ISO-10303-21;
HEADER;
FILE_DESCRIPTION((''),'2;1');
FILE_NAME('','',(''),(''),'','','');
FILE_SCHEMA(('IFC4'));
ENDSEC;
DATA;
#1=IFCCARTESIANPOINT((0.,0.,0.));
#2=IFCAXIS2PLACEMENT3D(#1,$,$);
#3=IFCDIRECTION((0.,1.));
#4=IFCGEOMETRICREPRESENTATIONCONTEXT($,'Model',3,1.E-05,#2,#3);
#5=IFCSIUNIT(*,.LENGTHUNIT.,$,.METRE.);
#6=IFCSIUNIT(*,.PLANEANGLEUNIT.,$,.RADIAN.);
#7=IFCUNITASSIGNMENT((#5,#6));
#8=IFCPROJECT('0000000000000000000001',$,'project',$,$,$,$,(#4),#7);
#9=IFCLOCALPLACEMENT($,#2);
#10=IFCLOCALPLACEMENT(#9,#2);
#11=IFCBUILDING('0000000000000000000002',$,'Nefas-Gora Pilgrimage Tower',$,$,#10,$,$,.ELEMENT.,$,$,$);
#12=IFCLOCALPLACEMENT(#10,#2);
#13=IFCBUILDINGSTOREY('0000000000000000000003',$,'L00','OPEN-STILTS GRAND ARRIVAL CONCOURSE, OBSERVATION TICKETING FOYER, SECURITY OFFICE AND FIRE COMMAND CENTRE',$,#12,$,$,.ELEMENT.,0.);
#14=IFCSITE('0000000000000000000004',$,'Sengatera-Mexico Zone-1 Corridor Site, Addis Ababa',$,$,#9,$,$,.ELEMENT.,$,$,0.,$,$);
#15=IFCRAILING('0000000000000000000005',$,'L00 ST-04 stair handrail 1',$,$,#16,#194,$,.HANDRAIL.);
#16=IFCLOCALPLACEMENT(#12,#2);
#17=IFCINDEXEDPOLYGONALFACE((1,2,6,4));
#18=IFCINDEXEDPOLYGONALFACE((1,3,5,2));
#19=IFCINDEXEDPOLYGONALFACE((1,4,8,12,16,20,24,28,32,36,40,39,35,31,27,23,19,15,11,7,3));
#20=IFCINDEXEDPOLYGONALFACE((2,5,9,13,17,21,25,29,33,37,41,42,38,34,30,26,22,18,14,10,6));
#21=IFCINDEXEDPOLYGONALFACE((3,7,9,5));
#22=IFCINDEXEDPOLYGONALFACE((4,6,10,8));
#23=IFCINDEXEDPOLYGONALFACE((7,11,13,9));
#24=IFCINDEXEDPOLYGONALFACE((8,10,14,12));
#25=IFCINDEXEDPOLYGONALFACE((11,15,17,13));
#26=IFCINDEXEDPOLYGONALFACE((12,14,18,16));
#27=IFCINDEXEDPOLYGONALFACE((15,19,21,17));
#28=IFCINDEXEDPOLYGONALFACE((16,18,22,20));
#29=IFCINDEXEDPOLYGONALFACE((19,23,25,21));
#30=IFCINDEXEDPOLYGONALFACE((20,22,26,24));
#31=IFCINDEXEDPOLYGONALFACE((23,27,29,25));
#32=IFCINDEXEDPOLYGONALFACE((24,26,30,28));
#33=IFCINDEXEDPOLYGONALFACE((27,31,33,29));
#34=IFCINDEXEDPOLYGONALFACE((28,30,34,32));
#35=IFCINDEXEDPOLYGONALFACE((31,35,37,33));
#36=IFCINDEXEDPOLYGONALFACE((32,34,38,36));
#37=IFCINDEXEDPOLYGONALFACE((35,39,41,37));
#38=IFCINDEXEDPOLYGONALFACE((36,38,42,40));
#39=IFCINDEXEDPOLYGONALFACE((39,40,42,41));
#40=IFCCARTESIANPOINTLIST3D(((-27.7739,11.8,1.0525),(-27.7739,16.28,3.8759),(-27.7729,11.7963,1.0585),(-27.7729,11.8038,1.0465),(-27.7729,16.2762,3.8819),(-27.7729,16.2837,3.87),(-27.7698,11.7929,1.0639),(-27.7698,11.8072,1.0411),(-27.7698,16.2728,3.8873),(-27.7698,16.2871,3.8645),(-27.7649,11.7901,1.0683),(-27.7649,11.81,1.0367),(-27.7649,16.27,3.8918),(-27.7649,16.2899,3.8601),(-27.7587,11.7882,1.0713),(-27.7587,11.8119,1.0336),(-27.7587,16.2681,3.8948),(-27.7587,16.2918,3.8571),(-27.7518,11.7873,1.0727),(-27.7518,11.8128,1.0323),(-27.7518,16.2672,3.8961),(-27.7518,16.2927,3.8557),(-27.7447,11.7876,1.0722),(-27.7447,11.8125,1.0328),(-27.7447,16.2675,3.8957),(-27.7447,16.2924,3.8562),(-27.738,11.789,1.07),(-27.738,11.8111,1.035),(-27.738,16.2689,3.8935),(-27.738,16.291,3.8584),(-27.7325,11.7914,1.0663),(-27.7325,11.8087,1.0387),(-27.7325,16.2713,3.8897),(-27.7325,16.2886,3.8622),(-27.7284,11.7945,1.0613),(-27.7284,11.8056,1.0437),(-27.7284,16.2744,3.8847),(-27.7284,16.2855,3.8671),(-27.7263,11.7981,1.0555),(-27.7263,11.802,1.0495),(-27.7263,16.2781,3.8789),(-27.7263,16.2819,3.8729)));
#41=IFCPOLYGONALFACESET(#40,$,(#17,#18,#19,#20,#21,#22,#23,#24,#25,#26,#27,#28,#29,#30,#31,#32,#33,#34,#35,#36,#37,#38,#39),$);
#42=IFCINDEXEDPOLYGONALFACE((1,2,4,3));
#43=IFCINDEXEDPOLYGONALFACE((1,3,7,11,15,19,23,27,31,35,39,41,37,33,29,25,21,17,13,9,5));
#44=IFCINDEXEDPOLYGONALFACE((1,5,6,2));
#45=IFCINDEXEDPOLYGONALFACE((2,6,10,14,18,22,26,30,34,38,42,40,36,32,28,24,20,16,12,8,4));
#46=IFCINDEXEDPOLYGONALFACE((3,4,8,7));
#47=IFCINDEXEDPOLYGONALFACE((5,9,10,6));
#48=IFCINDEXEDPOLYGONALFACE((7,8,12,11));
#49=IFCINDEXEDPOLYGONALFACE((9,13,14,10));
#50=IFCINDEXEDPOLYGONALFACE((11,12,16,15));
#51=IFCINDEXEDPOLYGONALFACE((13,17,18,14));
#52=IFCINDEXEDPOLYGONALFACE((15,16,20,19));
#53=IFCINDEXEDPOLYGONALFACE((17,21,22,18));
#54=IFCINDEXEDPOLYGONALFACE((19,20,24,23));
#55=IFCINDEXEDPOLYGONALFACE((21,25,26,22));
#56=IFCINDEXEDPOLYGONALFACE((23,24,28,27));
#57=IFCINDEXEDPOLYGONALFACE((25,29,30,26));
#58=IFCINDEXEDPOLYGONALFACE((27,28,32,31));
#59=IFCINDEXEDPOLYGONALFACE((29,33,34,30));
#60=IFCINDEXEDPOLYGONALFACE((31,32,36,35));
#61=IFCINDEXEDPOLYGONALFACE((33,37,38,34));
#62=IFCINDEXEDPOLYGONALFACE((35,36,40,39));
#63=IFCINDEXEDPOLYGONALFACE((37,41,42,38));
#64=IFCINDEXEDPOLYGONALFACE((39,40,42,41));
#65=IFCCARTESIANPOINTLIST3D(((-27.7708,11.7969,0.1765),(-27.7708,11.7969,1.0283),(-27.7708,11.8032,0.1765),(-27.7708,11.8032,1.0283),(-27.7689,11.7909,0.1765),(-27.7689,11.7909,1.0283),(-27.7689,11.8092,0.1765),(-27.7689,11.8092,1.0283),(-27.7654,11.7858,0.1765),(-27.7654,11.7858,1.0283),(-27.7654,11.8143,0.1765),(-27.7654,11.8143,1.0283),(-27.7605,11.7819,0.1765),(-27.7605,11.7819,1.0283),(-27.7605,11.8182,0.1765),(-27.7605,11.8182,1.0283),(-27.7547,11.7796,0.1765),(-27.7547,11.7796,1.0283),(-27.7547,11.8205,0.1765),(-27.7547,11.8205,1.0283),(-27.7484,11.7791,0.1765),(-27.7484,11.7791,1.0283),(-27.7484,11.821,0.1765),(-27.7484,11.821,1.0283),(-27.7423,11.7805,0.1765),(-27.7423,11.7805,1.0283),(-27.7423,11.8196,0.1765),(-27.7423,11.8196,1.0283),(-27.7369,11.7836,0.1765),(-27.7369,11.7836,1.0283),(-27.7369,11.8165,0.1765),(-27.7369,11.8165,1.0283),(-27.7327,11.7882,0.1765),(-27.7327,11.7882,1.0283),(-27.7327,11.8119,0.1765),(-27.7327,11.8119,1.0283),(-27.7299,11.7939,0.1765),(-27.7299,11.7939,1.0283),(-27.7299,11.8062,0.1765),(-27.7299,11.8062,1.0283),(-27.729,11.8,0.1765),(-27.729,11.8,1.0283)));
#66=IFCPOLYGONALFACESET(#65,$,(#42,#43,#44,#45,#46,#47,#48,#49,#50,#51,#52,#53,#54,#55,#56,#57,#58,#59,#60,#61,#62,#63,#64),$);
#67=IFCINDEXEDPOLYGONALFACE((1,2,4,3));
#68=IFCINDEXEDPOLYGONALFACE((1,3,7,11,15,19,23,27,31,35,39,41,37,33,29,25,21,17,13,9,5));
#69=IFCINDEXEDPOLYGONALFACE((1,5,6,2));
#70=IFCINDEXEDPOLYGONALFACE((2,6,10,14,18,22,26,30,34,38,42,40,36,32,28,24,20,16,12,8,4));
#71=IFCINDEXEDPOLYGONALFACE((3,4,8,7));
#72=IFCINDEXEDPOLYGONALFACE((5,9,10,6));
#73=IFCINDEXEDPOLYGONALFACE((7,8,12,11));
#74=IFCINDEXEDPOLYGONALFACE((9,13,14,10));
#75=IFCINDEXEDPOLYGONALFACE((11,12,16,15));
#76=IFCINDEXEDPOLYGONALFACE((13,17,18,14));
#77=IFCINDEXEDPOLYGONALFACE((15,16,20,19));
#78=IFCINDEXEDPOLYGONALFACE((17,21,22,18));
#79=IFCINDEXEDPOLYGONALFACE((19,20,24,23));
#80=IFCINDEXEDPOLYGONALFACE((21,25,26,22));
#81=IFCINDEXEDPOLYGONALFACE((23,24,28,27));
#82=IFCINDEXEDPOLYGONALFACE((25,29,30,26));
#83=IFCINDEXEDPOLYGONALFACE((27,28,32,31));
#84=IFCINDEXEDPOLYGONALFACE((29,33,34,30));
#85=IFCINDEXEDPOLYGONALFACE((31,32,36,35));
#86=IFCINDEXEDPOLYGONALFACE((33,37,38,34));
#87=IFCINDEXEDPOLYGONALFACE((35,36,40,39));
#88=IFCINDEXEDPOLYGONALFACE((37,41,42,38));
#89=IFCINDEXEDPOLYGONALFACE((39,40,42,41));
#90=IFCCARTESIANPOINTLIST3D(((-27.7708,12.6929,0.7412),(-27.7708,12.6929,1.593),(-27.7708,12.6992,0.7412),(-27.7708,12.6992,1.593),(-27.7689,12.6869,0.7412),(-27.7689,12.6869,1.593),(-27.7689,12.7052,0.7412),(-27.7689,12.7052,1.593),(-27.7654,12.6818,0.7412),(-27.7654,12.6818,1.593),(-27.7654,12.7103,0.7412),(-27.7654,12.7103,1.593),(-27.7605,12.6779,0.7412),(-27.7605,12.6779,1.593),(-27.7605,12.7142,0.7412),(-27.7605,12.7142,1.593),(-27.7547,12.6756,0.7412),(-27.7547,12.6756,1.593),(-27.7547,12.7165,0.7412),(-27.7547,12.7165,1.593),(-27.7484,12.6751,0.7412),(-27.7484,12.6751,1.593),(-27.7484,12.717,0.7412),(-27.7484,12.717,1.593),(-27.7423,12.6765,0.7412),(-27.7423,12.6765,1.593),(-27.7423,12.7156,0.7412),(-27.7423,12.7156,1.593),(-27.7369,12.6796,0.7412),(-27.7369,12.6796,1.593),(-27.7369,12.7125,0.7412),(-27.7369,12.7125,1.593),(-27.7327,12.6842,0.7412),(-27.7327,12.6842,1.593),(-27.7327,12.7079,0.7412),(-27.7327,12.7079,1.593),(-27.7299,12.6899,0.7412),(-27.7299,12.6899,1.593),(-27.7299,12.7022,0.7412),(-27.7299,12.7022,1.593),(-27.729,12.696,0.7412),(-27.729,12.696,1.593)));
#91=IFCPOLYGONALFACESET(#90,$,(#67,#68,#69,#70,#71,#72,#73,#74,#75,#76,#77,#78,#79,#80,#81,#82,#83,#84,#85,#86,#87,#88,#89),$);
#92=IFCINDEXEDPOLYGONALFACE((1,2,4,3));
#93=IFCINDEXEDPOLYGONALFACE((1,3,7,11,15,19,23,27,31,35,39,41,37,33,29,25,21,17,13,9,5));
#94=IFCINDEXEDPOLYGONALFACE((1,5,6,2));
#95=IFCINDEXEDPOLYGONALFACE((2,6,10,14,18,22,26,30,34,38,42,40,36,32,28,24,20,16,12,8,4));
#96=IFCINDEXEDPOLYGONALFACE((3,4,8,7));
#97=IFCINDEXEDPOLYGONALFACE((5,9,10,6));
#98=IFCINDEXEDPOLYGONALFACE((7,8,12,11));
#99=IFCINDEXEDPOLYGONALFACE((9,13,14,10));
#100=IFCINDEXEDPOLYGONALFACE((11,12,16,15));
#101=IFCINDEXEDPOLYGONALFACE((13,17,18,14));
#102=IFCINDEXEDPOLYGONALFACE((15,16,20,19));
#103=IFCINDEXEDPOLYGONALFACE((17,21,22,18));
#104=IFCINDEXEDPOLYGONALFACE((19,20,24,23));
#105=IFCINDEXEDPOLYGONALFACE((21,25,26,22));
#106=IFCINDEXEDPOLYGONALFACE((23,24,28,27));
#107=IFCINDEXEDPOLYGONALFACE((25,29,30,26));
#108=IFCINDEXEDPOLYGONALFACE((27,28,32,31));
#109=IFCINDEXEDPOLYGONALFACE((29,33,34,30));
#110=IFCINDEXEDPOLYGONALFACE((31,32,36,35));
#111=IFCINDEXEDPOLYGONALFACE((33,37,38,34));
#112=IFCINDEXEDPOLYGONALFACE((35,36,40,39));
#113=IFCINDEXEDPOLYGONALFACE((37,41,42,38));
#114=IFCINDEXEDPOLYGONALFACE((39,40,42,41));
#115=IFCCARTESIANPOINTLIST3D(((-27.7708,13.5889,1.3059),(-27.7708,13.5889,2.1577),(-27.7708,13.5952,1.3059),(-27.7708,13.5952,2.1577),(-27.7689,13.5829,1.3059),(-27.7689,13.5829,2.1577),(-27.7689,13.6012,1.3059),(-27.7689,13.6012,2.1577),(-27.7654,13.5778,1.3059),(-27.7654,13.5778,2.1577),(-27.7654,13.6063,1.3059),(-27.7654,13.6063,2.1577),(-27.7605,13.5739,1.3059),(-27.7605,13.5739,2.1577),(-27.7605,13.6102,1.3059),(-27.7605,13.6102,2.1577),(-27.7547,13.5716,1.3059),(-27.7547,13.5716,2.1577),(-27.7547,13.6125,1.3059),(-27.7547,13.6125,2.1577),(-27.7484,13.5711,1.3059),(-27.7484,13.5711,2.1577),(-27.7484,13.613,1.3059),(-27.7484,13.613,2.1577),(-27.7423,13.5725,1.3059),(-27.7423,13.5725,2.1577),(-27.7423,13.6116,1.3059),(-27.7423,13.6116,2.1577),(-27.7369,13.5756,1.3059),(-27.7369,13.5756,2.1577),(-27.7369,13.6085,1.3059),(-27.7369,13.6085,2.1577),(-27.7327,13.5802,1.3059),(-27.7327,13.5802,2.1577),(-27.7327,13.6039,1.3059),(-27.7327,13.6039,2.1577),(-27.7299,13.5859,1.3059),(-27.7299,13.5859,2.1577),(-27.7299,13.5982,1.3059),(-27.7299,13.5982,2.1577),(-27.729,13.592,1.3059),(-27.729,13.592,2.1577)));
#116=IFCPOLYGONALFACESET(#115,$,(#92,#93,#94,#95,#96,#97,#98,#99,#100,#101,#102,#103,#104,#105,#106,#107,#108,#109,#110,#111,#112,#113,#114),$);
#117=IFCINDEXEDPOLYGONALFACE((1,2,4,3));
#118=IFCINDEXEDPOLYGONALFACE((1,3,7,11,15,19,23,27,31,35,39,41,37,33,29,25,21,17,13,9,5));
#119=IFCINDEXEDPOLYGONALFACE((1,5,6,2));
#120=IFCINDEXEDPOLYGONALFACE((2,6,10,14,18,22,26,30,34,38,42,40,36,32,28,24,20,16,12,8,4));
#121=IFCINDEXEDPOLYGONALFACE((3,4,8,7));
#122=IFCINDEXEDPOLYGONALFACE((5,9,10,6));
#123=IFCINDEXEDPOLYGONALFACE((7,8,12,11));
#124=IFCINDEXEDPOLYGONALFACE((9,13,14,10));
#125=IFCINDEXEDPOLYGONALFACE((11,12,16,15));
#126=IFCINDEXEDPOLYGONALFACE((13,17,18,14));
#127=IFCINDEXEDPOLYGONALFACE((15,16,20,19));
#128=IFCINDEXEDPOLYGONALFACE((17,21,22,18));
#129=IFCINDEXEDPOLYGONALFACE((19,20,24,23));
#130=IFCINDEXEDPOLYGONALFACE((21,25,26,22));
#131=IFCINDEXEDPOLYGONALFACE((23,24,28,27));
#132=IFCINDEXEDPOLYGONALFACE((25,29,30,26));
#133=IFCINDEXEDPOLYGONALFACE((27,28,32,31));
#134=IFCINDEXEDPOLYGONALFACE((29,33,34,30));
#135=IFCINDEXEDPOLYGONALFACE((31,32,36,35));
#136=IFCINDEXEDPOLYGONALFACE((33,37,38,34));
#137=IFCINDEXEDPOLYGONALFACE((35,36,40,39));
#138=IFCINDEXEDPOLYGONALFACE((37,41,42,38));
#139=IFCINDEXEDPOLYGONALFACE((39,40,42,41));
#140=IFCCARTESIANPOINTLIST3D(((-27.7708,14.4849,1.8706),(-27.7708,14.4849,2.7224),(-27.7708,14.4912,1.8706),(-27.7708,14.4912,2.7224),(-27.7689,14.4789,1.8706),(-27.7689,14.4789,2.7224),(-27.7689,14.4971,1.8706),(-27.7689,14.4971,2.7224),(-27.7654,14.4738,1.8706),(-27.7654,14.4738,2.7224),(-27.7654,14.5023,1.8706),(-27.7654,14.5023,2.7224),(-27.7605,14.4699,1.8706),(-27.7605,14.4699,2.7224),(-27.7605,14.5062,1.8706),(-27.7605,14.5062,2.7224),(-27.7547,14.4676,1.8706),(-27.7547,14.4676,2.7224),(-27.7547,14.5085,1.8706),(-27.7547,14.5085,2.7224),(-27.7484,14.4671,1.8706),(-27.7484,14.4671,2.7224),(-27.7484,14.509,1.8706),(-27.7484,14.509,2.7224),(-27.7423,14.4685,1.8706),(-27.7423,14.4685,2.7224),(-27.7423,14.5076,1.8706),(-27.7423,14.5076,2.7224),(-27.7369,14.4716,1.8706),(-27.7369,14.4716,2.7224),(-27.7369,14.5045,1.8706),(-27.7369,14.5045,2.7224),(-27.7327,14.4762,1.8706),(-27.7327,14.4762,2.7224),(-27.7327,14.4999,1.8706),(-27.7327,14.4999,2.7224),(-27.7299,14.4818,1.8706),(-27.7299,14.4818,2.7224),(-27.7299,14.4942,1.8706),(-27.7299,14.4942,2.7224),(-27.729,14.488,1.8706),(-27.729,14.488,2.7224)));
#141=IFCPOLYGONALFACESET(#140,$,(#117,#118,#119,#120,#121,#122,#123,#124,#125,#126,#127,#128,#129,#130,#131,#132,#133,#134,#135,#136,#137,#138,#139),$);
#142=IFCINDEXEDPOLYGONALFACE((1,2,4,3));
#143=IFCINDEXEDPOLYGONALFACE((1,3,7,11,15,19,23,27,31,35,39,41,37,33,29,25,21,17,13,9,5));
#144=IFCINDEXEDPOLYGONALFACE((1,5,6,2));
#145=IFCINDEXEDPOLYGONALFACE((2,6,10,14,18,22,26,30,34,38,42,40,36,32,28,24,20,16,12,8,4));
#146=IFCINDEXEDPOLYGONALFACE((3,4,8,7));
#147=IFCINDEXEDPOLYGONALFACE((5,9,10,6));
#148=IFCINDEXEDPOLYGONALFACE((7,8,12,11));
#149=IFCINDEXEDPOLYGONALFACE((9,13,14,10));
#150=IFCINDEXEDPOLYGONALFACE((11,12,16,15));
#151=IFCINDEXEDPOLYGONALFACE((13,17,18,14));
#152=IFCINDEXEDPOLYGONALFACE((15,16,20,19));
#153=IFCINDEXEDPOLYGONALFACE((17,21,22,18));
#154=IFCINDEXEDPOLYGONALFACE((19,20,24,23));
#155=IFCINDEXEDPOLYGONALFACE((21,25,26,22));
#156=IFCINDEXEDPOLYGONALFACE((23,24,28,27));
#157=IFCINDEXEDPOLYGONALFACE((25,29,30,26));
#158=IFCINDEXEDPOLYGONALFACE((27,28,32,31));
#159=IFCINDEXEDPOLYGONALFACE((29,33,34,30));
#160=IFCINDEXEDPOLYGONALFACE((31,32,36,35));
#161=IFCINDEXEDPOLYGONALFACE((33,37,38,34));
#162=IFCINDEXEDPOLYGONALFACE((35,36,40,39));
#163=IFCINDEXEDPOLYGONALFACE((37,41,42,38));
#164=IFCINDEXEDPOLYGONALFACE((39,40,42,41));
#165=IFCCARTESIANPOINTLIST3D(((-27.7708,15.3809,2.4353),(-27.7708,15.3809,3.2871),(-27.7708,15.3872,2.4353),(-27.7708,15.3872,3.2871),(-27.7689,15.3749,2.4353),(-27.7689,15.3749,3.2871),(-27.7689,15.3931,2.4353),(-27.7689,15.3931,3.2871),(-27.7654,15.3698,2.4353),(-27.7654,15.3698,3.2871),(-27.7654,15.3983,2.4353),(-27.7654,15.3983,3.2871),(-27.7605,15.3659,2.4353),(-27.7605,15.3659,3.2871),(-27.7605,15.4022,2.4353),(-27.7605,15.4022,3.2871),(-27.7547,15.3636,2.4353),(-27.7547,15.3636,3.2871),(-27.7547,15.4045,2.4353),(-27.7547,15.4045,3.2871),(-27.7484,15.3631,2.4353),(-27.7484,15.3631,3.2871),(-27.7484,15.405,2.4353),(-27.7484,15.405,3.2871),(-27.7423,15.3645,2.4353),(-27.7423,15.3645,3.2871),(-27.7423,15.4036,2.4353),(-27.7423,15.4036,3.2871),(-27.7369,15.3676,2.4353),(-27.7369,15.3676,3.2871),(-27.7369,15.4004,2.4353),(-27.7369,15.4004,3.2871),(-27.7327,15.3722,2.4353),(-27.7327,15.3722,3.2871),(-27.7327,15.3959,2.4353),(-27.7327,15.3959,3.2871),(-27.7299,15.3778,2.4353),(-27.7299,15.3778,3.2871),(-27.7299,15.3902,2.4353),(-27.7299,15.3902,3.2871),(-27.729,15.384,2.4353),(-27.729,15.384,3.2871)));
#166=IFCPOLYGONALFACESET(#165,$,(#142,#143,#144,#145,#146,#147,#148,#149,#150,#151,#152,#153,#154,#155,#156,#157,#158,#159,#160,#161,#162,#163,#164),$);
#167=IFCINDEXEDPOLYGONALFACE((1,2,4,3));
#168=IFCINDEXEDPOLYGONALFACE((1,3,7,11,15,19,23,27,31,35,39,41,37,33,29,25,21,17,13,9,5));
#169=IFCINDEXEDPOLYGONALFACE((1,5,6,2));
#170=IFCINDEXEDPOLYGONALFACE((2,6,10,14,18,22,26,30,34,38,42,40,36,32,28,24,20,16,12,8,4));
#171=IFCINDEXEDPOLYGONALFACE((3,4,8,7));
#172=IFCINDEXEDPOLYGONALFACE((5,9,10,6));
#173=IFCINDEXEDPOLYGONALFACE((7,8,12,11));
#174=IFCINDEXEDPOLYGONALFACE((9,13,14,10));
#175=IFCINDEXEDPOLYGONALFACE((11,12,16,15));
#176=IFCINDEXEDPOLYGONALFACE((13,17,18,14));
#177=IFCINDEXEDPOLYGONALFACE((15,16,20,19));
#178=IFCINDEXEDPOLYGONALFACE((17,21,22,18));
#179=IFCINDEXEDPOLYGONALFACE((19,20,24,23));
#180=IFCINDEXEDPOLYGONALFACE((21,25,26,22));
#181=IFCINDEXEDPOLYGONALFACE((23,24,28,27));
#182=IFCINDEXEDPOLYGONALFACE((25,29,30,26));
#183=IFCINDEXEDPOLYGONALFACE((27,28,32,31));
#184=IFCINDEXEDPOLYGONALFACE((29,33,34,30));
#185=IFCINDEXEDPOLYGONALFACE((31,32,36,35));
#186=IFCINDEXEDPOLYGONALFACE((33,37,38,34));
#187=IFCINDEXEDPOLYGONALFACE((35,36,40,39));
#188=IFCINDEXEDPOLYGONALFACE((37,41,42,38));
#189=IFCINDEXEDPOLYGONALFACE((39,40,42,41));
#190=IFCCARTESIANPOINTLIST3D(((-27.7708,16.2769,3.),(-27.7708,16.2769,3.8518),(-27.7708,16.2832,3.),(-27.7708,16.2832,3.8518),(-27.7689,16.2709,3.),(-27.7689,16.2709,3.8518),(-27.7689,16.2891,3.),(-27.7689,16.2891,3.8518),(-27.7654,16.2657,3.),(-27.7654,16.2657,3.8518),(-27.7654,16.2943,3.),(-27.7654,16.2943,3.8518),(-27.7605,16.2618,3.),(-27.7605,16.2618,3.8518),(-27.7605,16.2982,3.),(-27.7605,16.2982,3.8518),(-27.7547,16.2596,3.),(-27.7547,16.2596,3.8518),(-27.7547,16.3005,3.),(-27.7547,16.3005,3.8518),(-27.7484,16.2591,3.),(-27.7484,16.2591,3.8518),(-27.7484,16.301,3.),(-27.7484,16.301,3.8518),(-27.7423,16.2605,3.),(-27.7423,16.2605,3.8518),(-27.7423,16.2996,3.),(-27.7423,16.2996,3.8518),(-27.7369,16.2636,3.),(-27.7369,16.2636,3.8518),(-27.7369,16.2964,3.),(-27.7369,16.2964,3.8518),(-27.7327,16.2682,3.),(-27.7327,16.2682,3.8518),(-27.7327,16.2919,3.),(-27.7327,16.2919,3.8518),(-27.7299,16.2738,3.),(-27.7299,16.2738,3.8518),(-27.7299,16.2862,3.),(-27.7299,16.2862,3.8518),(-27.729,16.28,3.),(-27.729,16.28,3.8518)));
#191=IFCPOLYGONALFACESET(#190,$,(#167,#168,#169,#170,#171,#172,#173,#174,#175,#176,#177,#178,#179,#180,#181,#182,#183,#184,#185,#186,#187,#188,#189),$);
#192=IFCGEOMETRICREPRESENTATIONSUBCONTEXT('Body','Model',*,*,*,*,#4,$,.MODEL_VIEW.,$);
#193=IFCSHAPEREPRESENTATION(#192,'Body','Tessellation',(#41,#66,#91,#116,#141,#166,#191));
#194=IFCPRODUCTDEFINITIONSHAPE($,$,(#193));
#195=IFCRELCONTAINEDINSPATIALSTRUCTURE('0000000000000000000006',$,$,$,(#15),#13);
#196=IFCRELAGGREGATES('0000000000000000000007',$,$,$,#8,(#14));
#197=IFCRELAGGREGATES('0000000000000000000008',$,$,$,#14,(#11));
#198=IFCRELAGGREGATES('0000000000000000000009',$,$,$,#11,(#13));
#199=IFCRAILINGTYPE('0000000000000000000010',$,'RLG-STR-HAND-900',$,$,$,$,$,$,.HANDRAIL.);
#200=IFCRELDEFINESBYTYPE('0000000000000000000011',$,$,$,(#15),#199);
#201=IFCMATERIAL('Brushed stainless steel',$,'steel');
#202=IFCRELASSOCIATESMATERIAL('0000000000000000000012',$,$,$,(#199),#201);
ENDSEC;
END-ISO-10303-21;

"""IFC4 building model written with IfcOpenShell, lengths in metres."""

from ifc_helpers import new_model, si_unit, direction, frame, origin, origin_2d, place, context, subcontext, project, spatial, circle, extrude, material, type_object, element, save


model = new_model("IFC4")

# Units and contexts
model_context = context("Model", 3, precision=1e-05, world=origin(), true_north=direction((0.0, 1.0)))
body_context = subcontext(model_context, "Body", "Model", "MODEL_VIEW")
ifc_project = project(units=[si_unit("LENGTHUNIT", "METRE"), si_unit("PLANEANGLEUNIT", "RADIAN")], contexts=[model_context])

# Site, building, storey
site_placement = place(None, origin())
site = spatial("IfcSite", under=ifc_project, at=site_placement, Name="Sengatera-Mexico Zone-1 Corridor Site, Addis Ababa", CompositionType="ELEMENT", RefElevation=0.0)
building_placement = place(site_placement, origin())
building = spatial("IfcBuilding", under=site, at=building_placement, Name="Nefas-Gora Pilgrimage Tower", CompositionType="ELEMENT")
storey_placement = place(building_placement, origin())
storey = spatial("IfcBuildingStorey", under=building, at=storey_placement, Name="L00", Description="OPEN-STILTS GRAND ARRIVAL CONCOURSE, OBSERVATION TICKETING FOYER, SECURITY OFFICE AND FIRE COMMAND CENTRE", CompositionType="ELEMENT", Elevation=0.0)

# Railing
ifc_material_1 = material(Name="Brushed stainless steel", Category="steel")
railing_type_1 = type_object("IfcRailingType", Name="RLG-STR-HAND-900", PredefinedType="HANDRAIL", material=ifc_material_1)
railing_1_placement = place(storey_placement, frame((-27.75, 11.8, 0.1765)))
element("IfcRailing", 1, at=railing_1_placement, inside=storey, type_object=railing_type_1, Name="L00 ST-04 stair handrail 1", PredefinedType="HANDRAIL", context=body_context, shape_type="SweptSolid", body=[
    extrude(circle(Radius=0.0239, at=origin_2d()), frame((0.0, 0.0, 0.876), z_axis=(0.0, 0.845998, 0.533186), x_axis=(-1.0, 0.0, 0.0)), (0.0, 0.0, 1.0), 5.2954),
    extrude(circle(Radius=0.021, at=origin_2d()), origin(), (0.0, 0.0, 1.0), 0.8518),
    extrude(circle(Radius=0.021, at=origin_2d()), frame((0.0, 0.896, 0.5647)), (0.0, 0.0, 1.0), 0.8518),
    extrude(circle(Radius=0.021, at=origin_2d()), frame((0.0, 1.792, 1.1294)), (0.0, 0.0, 1.0), 0.8518),
    extrude(circle(Radius=0.021, at=origin_2d()), frame((0.0, 2.688, 1.6941)), (0.0, 0.0, 1.0), 0.8518),
    extrude(circle(Radius=0.021, at=origin_2d()), frame((0.0, 3.584, 2.2588)), (0.0, 0.0, 1.0), 0.8518),
    extrude(circle(Radius=0.021, at=origin_2d()), frame((0.0, 4.48, 2.8235)), (0.0, 0.0, 1.0), 0.8518),
])

save(model, "model.ifc")
